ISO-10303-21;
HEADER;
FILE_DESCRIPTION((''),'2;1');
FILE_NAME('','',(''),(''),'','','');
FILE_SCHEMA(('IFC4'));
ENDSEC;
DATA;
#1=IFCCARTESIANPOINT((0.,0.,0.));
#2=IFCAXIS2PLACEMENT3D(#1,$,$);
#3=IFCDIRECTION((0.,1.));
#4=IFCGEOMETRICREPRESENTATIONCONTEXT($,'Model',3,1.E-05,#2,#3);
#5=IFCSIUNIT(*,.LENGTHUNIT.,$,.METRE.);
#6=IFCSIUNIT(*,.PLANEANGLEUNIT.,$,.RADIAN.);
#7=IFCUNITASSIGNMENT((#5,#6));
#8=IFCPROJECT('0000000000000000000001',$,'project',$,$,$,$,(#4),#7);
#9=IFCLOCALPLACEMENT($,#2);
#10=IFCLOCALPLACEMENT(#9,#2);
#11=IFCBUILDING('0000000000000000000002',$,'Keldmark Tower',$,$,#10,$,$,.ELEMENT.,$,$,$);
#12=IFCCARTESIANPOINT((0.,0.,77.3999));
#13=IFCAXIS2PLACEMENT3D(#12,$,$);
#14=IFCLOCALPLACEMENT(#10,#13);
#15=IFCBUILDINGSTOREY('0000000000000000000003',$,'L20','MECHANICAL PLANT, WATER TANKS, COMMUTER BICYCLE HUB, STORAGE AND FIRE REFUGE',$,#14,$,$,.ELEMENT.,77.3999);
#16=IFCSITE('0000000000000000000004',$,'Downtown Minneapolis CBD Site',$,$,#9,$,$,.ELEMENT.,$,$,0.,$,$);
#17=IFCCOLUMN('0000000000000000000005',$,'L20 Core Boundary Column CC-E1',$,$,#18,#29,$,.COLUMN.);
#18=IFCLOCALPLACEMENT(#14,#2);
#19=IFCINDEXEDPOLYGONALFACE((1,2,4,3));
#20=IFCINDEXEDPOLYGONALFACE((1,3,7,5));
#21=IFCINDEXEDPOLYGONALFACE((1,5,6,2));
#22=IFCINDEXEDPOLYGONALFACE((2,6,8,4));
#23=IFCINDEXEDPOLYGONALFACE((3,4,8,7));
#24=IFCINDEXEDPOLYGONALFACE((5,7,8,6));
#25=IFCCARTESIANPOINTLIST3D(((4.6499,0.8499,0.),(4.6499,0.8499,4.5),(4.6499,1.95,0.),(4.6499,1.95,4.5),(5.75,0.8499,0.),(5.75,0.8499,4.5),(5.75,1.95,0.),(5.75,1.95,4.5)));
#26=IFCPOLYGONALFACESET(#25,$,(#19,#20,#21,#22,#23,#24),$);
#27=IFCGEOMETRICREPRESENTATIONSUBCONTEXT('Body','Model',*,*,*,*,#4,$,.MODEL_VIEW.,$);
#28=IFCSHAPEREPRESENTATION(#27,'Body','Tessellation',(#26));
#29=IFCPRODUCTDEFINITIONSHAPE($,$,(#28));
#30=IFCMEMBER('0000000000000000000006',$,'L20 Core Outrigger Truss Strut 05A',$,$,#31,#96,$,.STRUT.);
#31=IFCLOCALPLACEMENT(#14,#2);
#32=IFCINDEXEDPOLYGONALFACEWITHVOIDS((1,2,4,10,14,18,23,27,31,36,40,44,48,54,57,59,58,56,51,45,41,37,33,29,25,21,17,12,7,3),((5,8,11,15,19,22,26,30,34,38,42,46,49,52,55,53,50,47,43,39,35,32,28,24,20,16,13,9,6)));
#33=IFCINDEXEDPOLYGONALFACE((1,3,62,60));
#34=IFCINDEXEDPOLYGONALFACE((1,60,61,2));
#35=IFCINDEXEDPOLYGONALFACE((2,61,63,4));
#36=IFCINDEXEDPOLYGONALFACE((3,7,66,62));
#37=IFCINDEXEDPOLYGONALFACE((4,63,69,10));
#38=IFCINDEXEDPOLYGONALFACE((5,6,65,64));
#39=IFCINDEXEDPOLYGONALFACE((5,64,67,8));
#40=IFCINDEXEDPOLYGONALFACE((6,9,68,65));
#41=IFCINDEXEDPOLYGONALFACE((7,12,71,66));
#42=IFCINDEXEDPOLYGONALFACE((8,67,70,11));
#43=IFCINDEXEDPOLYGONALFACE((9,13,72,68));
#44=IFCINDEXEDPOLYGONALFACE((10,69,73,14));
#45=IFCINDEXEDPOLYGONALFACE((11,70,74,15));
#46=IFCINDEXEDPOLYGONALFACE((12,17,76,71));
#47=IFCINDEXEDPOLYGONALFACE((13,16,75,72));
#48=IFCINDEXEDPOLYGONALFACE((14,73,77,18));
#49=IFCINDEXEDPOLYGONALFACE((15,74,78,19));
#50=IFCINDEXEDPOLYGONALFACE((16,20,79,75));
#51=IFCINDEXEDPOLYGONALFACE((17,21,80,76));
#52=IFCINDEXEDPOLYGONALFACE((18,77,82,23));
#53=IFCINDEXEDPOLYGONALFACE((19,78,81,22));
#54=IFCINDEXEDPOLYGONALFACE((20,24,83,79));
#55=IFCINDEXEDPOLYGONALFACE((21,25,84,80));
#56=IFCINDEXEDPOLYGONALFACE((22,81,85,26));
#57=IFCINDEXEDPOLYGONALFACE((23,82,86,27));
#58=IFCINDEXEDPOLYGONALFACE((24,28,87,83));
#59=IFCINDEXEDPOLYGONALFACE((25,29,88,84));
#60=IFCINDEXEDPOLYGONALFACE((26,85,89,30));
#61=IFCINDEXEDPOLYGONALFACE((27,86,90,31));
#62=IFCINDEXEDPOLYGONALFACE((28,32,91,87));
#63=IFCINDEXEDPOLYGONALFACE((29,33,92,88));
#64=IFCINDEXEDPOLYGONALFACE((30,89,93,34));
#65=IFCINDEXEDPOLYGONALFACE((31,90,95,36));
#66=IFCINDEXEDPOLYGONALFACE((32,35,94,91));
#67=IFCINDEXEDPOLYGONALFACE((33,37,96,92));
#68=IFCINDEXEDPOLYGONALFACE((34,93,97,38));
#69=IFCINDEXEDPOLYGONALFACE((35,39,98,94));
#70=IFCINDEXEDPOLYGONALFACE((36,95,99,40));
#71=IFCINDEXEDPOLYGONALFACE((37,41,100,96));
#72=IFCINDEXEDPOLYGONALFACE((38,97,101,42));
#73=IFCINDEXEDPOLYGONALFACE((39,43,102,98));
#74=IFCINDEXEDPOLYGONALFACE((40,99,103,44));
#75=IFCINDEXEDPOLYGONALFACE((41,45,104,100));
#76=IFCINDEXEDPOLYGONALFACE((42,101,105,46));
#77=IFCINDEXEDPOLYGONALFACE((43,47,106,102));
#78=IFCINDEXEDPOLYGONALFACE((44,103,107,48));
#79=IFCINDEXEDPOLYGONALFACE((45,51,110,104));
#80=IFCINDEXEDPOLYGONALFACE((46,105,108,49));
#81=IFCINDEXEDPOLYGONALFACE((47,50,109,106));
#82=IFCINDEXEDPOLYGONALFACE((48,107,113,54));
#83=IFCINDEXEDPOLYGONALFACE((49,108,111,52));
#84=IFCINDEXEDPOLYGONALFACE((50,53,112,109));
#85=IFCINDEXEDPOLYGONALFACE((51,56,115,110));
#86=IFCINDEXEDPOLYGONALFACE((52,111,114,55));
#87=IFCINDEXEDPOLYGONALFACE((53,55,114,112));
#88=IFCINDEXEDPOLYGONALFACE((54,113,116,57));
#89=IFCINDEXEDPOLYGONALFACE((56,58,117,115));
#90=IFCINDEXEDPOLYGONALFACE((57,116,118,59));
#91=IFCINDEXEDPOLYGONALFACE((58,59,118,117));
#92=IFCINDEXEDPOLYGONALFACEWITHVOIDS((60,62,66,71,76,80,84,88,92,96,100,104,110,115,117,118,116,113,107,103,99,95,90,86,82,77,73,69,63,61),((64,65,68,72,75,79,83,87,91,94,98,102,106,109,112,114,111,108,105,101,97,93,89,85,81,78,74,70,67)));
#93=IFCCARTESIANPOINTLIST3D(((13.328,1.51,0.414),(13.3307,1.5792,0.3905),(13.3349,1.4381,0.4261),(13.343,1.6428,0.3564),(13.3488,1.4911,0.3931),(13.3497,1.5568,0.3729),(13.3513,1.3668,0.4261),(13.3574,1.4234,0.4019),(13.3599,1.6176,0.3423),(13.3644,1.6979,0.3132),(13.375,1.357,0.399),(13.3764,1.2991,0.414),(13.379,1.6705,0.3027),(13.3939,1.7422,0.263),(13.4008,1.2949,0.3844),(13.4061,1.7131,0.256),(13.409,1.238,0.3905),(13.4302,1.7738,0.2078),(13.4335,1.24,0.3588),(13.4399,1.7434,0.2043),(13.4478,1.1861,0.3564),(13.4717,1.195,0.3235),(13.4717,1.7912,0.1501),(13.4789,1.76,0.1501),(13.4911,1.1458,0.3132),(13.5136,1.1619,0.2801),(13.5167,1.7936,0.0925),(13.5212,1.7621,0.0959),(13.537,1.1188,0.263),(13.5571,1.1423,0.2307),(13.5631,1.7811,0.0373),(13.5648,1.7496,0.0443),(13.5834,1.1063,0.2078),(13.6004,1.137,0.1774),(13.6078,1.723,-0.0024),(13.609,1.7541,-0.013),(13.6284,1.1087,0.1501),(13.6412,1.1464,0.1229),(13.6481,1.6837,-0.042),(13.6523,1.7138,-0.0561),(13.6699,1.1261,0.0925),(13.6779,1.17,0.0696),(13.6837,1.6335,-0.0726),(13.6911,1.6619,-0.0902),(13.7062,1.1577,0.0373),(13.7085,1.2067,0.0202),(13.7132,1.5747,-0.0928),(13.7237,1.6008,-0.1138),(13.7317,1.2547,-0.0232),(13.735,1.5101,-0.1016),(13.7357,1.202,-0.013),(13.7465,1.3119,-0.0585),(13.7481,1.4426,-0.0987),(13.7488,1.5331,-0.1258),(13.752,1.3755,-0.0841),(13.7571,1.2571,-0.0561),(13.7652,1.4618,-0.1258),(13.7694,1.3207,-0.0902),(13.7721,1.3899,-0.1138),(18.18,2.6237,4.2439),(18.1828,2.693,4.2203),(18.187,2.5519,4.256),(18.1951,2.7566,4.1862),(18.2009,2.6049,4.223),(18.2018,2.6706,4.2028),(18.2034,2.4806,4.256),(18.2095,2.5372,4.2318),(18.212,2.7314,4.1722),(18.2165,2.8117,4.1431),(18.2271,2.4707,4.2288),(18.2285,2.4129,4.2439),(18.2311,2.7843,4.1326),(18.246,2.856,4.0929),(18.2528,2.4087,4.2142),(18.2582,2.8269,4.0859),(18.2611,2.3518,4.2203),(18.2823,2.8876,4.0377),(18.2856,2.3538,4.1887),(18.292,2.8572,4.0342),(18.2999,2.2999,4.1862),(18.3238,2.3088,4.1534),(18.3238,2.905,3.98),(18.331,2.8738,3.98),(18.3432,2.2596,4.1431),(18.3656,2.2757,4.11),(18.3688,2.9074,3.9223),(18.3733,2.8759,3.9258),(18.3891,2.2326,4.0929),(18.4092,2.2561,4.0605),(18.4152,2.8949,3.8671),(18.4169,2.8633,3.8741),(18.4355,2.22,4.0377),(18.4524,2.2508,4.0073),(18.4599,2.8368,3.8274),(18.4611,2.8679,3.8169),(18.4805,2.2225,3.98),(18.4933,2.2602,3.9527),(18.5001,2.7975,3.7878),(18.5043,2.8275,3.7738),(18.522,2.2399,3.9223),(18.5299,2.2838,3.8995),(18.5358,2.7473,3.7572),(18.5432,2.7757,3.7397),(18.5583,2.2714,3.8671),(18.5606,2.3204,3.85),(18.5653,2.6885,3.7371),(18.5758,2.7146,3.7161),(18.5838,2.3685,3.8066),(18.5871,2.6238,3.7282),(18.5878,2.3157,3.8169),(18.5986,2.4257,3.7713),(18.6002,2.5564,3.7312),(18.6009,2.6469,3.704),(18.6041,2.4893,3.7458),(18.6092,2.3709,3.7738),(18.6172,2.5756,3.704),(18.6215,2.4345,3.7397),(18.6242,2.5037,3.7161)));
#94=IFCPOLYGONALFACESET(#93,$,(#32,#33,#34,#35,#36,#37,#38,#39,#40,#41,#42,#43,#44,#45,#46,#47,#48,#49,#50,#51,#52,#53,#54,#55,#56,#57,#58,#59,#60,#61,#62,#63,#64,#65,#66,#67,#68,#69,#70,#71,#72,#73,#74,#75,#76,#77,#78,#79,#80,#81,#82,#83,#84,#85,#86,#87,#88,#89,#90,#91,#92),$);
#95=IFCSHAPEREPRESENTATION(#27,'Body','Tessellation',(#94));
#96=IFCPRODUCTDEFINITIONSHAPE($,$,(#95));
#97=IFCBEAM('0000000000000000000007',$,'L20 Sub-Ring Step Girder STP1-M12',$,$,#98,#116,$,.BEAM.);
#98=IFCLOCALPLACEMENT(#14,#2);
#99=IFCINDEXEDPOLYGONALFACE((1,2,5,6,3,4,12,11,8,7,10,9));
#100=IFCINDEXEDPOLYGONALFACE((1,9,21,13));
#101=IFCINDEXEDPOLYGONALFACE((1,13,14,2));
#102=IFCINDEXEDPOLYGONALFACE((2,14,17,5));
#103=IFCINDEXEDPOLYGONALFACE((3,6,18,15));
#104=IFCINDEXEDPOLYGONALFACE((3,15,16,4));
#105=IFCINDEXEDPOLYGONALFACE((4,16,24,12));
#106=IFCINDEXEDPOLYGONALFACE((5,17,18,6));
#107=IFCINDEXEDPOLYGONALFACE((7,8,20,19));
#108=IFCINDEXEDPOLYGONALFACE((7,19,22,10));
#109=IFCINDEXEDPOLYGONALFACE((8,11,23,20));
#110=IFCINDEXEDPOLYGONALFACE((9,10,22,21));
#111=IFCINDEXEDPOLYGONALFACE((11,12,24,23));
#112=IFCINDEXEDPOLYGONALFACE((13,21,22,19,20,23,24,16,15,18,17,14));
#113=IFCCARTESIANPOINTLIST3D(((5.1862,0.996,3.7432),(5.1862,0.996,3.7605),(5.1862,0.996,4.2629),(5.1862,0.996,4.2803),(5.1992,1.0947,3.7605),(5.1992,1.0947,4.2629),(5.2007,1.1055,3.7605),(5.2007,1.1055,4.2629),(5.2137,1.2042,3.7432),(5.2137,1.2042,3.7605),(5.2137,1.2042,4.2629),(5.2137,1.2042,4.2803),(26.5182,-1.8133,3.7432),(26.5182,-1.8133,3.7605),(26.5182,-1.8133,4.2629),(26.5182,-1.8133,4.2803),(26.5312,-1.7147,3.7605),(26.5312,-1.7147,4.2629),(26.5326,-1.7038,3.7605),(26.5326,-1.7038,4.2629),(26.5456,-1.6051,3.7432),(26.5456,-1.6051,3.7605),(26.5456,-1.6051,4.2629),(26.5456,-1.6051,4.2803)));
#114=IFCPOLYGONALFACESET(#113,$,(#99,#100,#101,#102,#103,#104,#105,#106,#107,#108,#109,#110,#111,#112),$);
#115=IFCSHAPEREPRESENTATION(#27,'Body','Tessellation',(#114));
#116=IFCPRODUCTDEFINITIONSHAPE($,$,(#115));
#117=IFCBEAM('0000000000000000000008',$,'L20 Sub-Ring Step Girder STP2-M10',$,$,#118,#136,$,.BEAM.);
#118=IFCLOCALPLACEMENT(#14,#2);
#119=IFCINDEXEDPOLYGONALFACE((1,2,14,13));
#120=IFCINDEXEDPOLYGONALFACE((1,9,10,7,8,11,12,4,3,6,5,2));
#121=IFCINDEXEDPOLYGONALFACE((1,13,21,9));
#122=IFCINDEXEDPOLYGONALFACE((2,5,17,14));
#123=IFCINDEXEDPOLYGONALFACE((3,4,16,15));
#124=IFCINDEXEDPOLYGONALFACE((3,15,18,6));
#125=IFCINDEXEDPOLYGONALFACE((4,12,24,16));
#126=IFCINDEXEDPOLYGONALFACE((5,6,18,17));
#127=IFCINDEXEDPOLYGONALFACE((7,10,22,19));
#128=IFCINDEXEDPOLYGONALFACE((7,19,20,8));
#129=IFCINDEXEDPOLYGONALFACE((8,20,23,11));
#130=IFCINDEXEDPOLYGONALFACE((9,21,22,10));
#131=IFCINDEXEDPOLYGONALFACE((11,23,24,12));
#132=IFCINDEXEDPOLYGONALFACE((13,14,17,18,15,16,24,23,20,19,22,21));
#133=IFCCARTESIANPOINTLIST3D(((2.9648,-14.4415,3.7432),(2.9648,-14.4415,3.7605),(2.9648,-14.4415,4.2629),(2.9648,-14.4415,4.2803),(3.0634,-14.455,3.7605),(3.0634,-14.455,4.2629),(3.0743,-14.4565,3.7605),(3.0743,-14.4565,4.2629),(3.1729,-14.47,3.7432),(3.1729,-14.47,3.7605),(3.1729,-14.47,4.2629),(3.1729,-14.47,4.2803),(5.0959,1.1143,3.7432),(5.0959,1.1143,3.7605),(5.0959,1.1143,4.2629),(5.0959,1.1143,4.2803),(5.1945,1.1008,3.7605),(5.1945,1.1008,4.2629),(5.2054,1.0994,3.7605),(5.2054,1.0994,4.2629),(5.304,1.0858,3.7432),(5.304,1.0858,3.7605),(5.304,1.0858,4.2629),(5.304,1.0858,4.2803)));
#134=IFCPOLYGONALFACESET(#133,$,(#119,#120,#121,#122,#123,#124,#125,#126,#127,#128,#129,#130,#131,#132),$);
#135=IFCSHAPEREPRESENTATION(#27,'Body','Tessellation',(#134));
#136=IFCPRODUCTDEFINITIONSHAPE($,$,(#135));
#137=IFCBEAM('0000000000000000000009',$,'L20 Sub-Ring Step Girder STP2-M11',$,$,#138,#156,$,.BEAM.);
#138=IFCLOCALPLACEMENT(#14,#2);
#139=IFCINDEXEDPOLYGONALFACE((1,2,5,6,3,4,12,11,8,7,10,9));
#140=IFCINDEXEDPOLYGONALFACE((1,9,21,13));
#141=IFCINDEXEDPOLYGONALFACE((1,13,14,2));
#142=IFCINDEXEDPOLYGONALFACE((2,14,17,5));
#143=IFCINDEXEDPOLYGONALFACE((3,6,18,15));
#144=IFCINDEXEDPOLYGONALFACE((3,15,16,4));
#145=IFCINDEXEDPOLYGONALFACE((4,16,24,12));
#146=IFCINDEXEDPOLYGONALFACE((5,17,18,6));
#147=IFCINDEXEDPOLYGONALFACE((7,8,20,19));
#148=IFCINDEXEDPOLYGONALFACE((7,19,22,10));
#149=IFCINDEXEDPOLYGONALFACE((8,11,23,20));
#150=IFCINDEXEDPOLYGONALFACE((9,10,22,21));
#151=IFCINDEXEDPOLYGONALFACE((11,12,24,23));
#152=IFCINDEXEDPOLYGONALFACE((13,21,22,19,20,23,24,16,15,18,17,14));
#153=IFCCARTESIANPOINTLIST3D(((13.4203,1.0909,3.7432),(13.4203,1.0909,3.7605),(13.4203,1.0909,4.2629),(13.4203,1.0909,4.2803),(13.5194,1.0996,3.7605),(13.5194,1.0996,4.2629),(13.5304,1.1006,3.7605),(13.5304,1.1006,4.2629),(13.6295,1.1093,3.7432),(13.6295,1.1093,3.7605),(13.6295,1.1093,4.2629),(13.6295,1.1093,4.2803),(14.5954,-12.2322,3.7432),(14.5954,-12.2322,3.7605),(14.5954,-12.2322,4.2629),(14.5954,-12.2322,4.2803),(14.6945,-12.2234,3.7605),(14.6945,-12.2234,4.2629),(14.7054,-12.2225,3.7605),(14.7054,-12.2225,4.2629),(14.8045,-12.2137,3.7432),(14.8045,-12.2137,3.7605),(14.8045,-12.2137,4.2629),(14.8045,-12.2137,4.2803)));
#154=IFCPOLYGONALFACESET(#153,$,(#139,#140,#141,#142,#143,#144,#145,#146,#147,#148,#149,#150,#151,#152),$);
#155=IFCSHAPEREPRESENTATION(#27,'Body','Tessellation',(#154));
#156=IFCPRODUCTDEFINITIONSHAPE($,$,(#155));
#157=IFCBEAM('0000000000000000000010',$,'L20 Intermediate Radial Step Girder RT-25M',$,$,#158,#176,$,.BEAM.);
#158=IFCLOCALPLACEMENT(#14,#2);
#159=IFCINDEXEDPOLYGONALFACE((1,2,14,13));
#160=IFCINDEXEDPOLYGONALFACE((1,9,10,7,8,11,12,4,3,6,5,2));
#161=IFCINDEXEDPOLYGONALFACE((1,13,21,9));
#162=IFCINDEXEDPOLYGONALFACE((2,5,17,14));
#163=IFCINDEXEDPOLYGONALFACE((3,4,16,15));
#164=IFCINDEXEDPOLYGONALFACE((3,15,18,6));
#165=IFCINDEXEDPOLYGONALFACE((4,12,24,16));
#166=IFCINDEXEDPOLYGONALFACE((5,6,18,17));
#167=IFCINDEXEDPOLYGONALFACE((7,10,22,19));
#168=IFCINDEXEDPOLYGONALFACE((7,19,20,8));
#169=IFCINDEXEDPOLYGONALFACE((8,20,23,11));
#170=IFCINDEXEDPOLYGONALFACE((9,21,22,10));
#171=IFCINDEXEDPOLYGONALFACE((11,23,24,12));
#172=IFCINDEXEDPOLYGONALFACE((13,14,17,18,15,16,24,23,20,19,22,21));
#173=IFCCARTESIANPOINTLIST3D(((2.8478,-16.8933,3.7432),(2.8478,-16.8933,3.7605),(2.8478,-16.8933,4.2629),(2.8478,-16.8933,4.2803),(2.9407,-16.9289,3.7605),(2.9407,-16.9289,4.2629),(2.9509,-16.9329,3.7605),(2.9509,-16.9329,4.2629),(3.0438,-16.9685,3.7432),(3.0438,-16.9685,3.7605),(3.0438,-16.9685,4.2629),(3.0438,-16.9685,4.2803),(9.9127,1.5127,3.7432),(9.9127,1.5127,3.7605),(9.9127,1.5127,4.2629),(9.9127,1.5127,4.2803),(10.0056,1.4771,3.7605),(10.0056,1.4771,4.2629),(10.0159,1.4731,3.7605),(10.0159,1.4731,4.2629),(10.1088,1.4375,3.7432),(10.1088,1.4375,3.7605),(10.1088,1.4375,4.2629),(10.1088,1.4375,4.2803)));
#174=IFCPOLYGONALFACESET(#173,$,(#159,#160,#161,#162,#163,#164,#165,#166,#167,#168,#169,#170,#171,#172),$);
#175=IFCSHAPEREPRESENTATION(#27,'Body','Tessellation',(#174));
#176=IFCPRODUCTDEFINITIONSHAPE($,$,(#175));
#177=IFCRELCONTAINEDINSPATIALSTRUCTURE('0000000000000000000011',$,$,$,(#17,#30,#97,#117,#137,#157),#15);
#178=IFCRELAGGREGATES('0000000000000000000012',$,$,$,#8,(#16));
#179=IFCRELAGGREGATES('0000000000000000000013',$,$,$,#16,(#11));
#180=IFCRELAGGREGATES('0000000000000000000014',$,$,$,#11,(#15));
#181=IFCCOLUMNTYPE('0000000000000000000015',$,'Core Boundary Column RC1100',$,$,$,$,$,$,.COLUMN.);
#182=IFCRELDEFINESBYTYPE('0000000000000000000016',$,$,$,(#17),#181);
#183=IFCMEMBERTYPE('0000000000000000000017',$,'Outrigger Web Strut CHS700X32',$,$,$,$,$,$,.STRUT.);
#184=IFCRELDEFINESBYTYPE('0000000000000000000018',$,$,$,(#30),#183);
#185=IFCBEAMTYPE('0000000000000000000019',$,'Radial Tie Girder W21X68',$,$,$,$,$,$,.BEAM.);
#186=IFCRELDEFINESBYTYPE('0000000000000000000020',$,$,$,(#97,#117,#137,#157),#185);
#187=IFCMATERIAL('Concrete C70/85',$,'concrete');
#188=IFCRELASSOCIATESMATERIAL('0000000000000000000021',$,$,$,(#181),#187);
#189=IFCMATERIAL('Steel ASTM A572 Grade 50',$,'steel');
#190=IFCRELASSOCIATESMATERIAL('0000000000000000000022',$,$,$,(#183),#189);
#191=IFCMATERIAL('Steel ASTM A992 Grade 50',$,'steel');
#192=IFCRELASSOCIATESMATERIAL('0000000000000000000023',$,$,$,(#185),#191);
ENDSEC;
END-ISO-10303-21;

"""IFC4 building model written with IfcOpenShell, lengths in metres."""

from ifc_helpers import new_model, si_unit, direction, frame, origin, origin_2d, place, context, subcontext, project, spatial, rectangle, hollow_circle, i_section, extrude, material, material_profile, profile_set, type_object, element, save


model = new_model("IFC4")

# Units and contexts
model_context = context("Model", 3, precision=1e-05, world=origin(), true_north=direction((0.0, 1.0)))
body_context = subcontext(model_context, "Body", "Model", "MODEL_VIEW")
ifc_project = project(units=[si_unit("LENGTHUNIT", "METRE"), si_unit("PLANEANGLEUNIT", "RADIAN")], contexts=[model_context])

# Site, building, storey
site_placement = place(None, origin())
site = spatial("IfcSite", under=ifc_project, at=site_placement, Name="Downtown Minneapolis CBD Site", CompositionType="ELEMENT", RefElevation=0.0)
building_placement = place(site_placement, origin())
building = spatial("IfcBuilding", under=site, at=building_placement, Name="Keldmark Tower", CompositionType="ELEMENT")
storey_placement = place(building_placement, frame((0.0, 0.0, 77.3999)))
storey = spatial("IfcBuildingStorey", under=building, at=storey_placement, Name="L20", Description="MECHANICAL PLANT, WATER TANKS, COMMUTER BICYCLE HUB, STORAGE AND FIRE REFUGE", CompositionType="ELEMENT", Elevation=77.3999)

# Column
ifc_material_1 = material(Name="Concrete C70/85", Category="concrete")
ifc_material_profile_1 = material_profile(ifc_material_1, rectangle(XDim=1.1001, YDim=1.1001, at=origin_2d()), Name="RC1100X1100")
ifc_profile_set_1 = profile_set([ifc_material_profile_1], Name="Concrete C70/85")
column_type = type_object("IfcColumnType", Name="Core Boundary Column RC1100", PredefinedType="COLUMN", material=ifc_profile_set_1)
column_placement = place(storey_placement, frame((5.2, 1.3999, 0.0), z_axis=(0.0, 0.0, 1.0), x_axis=(1.0, 0.0, 0.0)))
element("IfcColumn", 1, at=column_placement, inside=storey, type_object=column_type, Name="L20 Core Boundary Column CC-E1", PredefinedType="COLUMN", context=body_context, shape_type="SweptSolid", body=[
    extrude(rectangle(XDim=1.1001, YDim=1.1001, at=origin_2d()), origin(), (0.0, 0.0, 1.0), 4.5),
])

# Member
ifc_material_2 = material(Name="Steel ASTM A572 Grade 50", Category="steel")
ifc_material_profile_2 = material_profile(ifc_material_2, hollow_circle(Radius=0.3501, WallThickness=0.032, at=origin_2d()), Name="CHS700X32")
ifc_profile_set_2 = profile_set([ifc_material_profile_2], Name="Steel ASTM A572 Grade 50")
member_type = type_object("IfcMemberType", Name="Outrigger Web Strut CHS700X32", PredefinedType="STRUT", material=ifc_profile_set_2)
member_placement = place(storey_placement, frame((13.55, 1.45, 0.1501), z_axis=(0.772501, 0.177325, 0.609753), x_axis=(-0.223728, 0.974652, 0.0)))
element("IfcMember", 2, at=member_placement, inside=storey, type_object=member_type, Name="L20 Core Outrigger Truss Strut 05A", PredefinedType="STRUT", context=body_context, shape_type="SweptSolid", body=[
    extrude(hollow_circle(Radius=0.3501, WallThickness=0.032, at=origin_2d()), origin(), (0.0, 0.0, 1.0), 6.281),
])

# Beams
ifc_material_3 = material(Name="Steel ASTM A992 Grade 50", Category="steel")
ifc_material_profile_3 = material_profile(ifc_material_3, i_section(OverallWidth=0.21, OverallDepth=0.5371, WebThickness=0.011, FlangeThickness=0.0173, at=origin_2d()), Name="W21X68")
ifc_profile_set_3 = profile_set([ifc_material_profile_3], Name="Steel ASTM A992 Grade 50")
beam_type = type_object("IfcBeamType", Name="Radial Tie Girder W21X68", PredefinedType="BEAM", material=ifc_profile_set_3)
beam_1_placement = place(storey_placement, frame((5.2, 1.1001, 4.0117), z_axis=(0.991439, -0.130568, 0.0), x_axis=(0.130568, 0.991439, 0.0)))
element("IfcBeam", 3, at=beam_1_placement, inside=storey, type_object=beam_type, Name="L20 Sub-Ring Step Girder STP1-M12", PredefinedType="BEAM", context=body_context, shape_type="SweptSolid", body=[
    extrude(i_section(OverallWidth=0.21, OverallDepth=0.5371, WebThickness=0.011, FlangeThickness=0.0173, at=origin_2d()), origin(), (0.0, 0.0, 1.0), 21.5161),
])
beam_2_placement = place(storey_placement, frame((5.2, 1.1001, 4.0117), z_axis=(-0.135729, -0.990746, 0.0), x_axis=(0.990746, -0.135729, 0.0)))
element("IfcBeam", 4, at=beam_2_placement, inside=storey, type_object=beam_type, Name="L20 Sub-Ring Step Girder STP2-M10", PredefinedType="BEAM", context=body_context, shape_type="SweptSolid", body=[
    extrude(i_section(OverallWidth=0.21, OverallDepth=0.5371, WebThickness=0.011, FlangeThickness=0.0173, at=origin_2d()), origin(), (0.0, 0.0, 1.0), 15.7012),
])
beam_3_placement = place(storey_placement, frame((13.5249, 1.1001, 4.0117), z_axis=(0.087856, -0.996133, 0.0), x_axis=(0.996133, 0.087856, 0.0)))
element("IfcBeam", 5, at=beam_3_placement, inside=storey, type_object=beam_type, Name="L20 Sub-Ring Step Girder STP2-M11", PredefinedType="BEAM", context=body_context, shape_type="SweptSolid", body=[
    extrude(i_section(OverallWidth=0.21, OverallDepth=0.5371, WebThickness=0.011, FlangeThickness=0.0173, at=origin_2d()), origin(), (0.0, 0.0, 1.0), 13.3748),
])
beam_4_placement = place(storey_placement, frame((10.0107, 1.4751, 4.0117), z_axis=(-0.358348, -0.933588, 0.0), x_axis=(0.933588, -0.358348, 0.0)))
element("IfcBeam", 6, at=beam_4_placement, inside=storey, type_object=beam_type, Name="L20 Intermediate Radial Step Girder RT-25M", PredefinedType="BEAM", context=body_context, shape_type="SweptSolid", body=[
    extrude(i_section(OverallWidth=0.21, OverallDepth=0.5371, WebThickness=0.011, FlangeThickness=0.0173, at=origin_2d()), origin(), (0.0, 0.0, 1.0), 19.7153),
])

save(model, "model.ifc")
